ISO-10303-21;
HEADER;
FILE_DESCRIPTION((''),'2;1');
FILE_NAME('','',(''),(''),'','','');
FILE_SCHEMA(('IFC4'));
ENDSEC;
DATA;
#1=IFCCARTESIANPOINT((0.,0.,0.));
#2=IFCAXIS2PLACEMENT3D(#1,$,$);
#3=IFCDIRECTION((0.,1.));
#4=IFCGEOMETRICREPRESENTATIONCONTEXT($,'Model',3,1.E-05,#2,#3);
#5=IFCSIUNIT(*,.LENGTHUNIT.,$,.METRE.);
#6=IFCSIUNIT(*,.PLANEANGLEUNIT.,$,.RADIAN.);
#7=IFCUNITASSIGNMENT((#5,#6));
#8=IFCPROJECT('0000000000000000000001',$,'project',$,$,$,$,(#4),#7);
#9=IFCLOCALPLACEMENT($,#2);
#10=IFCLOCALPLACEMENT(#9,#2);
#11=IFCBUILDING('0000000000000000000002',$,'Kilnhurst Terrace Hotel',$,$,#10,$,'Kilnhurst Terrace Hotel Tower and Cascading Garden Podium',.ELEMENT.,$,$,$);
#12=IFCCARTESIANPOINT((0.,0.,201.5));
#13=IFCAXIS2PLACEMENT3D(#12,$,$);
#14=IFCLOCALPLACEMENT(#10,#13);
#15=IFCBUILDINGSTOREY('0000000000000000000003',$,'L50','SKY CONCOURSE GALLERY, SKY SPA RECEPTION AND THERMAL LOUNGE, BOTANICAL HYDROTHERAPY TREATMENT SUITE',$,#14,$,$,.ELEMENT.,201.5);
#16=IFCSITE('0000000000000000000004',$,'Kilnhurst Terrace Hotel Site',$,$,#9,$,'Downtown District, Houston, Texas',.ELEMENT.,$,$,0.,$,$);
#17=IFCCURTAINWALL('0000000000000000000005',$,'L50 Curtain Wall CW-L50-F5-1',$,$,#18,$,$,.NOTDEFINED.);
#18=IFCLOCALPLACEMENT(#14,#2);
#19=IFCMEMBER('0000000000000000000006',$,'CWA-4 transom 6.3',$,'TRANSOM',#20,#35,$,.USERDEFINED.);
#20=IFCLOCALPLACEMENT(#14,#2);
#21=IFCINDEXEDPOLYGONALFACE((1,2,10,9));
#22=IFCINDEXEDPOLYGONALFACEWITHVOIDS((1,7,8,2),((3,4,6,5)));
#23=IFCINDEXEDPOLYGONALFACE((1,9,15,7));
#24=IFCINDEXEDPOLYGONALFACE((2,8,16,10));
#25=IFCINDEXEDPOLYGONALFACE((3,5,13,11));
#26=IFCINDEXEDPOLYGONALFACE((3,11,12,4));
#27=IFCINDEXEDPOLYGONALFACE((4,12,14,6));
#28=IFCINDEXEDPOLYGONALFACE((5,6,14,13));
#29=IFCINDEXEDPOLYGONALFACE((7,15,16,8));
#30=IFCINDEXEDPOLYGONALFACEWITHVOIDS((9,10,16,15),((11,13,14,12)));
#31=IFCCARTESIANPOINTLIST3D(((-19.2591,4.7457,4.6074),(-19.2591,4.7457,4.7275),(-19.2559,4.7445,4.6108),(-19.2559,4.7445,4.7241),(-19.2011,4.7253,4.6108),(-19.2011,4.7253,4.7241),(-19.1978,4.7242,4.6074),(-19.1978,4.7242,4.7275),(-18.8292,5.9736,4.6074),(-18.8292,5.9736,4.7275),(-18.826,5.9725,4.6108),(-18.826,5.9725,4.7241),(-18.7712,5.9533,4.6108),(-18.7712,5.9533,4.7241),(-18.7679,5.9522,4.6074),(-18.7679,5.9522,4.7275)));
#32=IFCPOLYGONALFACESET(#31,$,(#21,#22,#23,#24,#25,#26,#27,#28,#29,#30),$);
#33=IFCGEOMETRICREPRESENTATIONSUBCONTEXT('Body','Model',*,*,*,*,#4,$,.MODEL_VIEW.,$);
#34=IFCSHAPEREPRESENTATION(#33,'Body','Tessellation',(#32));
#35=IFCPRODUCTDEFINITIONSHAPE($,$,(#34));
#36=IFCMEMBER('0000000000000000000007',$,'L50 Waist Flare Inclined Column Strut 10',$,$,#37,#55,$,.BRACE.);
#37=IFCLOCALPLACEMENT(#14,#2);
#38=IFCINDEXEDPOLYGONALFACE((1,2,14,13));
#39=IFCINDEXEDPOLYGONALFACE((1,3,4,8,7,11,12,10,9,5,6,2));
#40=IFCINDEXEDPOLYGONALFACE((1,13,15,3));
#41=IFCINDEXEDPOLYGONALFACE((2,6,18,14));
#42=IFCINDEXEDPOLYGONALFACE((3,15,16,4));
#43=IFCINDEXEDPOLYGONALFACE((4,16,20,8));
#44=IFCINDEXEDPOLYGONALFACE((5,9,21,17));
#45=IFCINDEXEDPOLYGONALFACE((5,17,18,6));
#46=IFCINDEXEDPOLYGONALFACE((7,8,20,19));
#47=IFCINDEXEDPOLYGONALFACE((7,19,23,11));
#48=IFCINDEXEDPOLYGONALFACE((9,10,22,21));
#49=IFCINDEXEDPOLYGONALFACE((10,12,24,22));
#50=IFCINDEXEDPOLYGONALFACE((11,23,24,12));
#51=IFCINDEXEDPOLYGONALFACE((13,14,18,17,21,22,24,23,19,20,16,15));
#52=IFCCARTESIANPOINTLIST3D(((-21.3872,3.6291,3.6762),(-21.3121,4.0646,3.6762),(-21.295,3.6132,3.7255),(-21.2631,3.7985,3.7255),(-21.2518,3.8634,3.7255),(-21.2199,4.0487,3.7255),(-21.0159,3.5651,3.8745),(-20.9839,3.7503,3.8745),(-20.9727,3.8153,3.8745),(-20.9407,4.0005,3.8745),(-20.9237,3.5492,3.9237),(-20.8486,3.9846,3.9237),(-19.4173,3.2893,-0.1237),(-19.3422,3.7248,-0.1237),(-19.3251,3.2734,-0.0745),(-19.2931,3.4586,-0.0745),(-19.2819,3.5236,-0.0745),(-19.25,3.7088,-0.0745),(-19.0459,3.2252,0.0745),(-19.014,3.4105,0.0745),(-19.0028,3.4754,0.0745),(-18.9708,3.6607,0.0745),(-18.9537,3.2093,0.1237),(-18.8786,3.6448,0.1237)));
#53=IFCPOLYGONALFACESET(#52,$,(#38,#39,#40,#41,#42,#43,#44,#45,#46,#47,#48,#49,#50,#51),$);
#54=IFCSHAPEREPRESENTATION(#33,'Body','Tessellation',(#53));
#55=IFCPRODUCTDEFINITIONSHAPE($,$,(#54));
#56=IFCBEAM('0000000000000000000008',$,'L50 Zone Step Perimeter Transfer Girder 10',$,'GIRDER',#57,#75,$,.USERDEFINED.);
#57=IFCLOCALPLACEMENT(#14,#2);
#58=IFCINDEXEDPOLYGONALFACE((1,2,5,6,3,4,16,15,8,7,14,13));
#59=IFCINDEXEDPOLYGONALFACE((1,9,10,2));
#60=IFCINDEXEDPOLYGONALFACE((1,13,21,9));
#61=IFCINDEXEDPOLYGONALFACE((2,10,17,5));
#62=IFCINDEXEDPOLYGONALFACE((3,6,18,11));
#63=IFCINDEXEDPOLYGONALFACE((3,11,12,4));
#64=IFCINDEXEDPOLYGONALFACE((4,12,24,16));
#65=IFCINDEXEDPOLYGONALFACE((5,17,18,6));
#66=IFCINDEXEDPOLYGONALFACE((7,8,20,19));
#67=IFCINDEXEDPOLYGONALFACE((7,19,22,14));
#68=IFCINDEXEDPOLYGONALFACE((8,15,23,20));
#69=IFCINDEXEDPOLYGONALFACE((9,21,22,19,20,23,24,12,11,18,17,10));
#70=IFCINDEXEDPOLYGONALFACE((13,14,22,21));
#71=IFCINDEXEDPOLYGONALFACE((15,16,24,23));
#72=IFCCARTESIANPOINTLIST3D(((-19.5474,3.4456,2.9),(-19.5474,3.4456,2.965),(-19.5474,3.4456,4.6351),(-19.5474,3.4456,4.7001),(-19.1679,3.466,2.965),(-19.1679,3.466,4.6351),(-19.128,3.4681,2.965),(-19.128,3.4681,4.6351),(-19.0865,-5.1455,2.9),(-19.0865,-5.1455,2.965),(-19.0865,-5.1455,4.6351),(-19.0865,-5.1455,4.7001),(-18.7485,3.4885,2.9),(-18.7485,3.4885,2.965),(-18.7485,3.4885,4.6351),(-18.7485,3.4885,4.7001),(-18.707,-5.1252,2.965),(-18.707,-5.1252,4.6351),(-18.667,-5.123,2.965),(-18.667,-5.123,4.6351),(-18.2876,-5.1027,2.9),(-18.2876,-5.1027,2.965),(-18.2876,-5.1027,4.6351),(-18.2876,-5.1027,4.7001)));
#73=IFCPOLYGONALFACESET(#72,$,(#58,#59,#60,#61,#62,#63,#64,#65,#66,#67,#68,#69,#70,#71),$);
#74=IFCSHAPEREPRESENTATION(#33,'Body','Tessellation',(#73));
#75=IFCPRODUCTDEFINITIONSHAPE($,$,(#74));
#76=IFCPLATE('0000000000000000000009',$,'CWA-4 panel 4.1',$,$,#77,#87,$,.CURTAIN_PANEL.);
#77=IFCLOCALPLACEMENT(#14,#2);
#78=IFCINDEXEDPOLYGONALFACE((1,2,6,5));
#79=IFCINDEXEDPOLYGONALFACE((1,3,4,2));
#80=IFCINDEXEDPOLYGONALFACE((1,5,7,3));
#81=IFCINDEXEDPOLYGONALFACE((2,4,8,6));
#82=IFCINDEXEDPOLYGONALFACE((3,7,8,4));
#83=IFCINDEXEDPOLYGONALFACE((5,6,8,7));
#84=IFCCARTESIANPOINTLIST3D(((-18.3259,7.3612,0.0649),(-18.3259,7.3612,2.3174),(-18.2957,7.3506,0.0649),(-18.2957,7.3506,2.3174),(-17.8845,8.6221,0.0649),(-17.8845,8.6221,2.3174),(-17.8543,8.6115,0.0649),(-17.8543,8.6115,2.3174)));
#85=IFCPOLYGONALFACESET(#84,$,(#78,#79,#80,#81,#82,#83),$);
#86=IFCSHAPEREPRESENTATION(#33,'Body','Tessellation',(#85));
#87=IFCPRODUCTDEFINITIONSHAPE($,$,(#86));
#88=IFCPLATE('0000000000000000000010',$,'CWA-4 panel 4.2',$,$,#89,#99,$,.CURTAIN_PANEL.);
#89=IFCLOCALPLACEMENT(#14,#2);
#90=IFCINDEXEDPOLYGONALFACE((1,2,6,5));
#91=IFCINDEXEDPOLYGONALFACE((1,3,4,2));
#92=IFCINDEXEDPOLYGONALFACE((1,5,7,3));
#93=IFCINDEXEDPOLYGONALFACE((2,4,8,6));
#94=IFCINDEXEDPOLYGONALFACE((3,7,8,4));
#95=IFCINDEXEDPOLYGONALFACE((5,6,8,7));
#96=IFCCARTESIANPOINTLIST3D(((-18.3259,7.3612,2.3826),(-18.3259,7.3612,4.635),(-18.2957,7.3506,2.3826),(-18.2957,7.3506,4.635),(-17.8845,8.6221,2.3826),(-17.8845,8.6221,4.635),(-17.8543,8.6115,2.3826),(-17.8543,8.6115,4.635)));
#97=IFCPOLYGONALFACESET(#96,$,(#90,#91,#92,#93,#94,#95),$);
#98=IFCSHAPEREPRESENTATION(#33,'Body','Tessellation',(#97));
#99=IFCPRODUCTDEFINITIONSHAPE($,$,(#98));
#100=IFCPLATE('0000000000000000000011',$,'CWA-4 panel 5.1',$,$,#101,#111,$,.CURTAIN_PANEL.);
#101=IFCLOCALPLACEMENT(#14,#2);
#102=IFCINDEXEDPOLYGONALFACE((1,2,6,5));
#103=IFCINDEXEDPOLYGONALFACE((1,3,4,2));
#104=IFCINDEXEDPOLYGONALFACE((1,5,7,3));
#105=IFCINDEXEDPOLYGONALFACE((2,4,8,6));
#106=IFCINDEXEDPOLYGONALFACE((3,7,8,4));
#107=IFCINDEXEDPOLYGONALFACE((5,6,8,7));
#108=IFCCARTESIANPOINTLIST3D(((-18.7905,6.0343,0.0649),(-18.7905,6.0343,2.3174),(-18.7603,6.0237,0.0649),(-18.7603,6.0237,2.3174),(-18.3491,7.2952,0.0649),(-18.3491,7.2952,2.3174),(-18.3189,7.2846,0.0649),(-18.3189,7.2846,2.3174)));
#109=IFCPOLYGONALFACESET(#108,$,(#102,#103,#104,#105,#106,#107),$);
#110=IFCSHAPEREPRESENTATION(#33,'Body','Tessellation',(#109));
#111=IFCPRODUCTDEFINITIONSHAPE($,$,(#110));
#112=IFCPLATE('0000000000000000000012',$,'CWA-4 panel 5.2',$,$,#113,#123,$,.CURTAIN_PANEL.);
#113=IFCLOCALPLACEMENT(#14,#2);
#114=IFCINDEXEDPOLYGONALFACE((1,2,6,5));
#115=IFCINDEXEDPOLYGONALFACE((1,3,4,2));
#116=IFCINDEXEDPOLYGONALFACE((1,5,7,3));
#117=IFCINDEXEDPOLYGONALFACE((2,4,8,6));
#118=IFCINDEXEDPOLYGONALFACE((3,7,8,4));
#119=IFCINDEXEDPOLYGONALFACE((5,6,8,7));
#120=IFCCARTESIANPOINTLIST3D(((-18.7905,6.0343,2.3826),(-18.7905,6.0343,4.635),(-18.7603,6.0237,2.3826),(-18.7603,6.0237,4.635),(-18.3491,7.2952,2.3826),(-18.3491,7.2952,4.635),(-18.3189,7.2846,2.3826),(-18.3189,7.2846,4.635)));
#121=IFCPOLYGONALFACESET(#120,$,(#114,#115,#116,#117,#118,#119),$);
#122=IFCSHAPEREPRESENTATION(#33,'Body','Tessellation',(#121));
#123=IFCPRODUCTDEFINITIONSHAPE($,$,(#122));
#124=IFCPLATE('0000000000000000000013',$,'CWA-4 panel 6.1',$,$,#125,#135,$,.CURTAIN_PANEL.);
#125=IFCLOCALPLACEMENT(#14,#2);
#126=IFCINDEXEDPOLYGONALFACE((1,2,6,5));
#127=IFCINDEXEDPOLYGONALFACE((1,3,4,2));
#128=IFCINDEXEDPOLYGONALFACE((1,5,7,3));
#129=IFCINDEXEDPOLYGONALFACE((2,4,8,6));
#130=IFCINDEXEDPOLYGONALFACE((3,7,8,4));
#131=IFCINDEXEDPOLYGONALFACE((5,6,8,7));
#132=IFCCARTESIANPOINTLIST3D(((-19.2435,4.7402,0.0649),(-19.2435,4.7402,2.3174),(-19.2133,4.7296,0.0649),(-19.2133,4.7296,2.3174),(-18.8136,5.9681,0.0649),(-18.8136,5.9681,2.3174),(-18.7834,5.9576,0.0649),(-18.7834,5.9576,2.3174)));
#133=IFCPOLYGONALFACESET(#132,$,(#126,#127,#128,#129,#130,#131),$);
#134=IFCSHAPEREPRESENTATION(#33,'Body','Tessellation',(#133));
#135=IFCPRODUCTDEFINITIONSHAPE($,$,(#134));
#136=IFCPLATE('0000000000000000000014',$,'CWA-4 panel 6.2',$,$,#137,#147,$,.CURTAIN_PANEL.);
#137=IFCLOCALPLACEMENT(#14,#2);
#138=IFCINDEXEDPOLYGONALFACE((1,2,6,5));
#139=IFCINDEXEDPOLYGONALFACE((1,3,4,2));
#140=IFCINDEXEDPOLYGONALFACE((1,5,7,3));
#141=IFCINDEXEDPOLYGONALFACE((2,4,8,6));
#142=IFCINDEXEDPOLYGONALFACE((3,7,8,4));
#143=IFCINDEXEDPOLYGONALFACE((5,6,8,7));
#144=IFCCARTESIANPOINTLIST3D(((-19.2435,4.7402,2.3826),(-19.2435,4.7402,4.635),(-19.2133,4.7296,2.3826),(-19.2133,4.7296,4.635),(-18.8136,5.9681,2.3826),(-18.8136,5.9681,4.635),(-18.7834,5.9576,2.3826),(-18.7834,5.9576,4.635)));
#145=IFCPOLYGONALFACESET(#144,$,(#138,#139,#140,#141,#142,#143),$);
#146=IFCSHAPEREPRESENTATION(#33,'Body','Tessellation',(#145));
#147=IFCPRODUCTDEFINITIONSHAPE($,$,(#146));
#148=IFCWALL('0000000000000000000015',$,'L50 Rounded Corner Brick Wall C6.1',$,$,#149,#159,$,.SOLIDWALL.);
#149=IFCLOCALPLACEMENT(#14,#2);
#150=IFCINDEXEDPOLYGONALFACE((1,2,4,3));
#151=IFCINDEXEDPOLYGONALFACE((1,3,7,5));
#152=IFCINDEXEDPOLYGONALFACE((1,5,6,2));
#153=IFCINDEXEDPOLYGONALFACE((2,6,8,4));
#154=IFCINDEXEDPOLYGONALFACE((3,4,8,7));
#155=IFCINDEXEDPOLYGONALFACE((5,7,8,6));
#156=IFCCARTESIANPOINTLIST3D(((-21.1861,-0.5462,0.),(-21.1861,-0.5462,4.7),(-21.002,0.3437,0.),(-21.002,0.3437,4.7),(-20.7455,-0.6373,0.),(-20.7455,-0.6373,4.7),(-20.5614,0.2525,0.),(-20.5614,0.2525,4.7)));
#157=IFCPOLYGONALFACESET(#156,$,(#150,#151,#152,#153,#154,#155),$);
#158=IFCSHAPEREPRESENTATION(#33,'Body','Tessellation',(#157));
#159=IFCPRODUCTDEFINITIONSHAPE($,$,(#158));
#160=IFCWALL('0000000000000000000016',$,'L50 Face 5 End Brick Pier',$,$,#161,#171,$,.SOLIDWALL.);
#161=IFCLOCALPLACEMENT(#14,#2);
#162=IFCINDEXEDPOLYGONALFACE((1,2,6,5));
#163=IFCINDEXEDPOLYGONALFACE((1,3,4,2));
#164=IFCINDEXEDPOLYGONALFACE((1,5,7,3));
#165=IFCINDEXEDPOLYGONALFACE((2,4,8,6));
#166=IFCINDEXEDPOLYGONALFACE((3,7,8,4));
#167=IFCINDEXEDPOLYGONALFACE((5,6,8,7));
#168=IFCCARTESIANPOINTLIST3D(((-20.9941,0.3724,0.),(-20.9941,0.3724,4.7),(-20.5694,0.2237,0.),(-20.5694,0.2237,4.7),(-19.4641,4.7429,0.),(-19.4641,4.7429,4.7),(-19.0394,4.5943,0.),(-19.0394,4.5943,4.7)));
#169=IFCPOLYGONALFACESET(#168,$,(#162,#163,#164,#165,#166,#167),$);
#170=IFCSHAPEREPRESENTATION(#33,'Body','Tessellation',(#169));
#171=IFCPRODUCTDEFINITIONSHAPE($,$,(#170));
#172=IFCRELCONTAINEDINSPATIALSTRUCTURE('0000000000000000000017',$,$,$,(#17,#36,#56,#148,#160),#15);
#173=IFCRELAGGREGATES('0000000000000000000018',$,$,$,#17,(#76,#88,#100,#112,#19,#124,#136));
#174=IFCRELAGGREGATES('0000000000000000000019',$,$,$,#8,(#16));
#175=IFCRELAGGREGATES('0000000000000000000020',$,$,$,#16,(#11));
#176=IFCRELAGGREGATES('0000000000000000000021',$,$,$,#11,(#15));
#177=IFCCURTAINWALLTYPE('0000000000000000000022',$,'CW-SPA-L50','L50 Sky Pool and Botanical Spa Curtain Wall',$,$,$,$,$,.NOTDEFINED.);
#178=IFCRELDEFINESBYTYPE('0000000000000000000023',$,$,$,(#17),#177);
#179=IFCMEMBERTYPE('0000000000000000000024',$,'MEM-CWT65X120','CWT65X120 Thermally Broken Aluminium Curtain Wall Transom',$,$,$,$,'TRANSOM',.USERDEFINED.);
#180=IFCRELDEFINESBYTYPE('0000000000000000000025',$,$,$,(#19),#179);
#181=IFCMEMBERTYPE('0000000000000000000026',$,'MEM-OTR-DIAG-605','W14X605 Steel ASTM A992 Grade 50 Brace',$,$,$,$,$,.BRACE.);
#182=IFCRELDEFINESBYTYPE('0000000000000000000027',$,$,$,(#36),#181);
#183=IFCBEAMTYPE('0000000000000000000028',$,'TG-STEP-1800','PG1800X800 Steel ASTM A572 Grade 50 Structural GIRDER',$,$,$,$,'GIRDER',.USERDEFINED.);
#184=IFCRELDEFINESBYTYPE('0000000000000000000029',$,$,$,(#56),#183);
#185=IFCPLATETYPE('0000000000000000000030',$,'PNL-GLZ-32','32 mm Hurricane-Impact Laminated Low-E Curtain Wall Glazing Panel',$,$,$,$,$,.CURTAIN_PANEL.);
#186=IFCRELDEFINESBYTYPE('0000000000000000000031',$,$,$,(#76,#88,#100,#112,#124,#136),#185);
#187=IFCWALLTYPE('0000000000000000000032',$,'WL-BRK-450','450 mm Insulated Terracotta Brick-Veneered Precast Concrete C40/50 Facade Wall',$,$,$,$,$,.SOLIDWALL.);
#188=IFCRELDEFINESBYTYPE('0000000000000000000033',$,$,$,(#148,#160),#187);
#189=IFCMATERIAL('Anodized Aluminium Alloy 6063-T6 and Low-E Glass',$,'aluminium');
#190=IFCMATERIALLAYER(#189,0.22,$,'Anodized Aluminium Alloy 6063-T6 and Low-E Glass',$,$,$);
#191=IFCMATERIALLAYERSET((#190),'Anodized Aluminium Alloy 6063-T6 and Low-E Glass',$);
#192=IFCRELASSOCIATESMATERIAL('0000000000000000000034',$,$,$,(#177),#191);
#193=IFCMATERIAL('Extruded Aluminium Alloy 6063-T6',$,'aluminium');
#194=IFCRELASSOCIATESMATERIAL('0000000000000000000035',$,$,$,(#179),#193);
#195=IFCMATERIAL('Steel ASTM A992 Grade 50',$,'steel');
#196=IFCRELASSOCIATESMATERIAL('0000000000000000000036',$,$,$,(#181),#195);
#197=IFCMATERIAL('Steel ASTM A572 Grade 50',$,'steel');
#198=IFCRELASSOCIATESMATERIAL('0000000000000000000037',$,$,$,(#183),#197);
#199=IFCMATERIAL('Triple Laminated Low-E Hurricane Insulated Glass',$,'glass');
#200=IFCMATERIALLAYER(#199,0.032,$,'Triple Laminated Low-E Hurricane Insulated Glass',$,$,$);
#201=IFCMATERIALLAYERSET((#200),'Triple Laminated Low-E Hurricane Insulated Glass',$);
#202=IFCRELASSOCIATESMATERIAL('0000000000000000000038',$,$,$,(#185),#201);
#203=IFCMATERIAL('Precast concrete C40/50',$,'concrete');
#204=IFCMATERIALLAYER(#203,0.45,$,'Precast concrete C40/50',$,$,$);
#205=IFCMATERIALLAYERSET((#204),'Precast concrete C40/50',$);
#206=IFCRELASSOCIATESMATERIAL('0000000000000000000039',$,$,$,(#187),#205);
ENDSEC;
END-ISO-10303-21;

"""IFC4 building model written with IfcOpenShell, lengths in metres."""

from ifc_helpers import new_model, si_unit, direction, frame, frame_2d, origin, origin_2d, place, context, subcontext, project, spatial, rectangle, hollow_rectangle, i_section, extrude, material, layer, layer_set, material_profile, profile_set, type_object, element, aggregate, save


model = new_model("IFC4")

# Units and contexts
model_context = context("Model", 3, precision=1e-05, world=origin(), true_north=direction((0.0, 1.0)))
body_context = subcontext(model_context, "Body", "Model", "MODEL_VIEW")
ifc_project = project(units=[si_unit("LENGTHUNIT", "METRE"), si_unit("PLANEANGLEUNIT", "RADIAN")], contexts=[model_context])

# Site, building, storey
site_placement = place(None, origin())
site = spatial("IfcSite", under=ifc_project, at=site_placement, Name="Kilnhurst Terrace Hotel Site", LongName="Downtown District, Houston, Texas", CompositionType="ELEMENT", RefElevation=0.0)
building_placement = place(site_placement, origin())
building = spatial("IfcBuilding", under=site, at=building_placement, Name="Kilnhurst Terrace Hotel", LongName="Kilnhurst Terrace Hotel Tower and Cascading Garden Podium", CompositionType="ELEMENT")
storey_placement = place(building_placement, frame((0.0, 0.0, 201.5)))
storey = spatial("IfcBuildingStorey", under=building, at=storey_placement, Name="L50", Description="SKY CONCOURSE GALLERY, SKY SPA RECEPTION AND THERMAL LOUNGE, BOTANICAL HYDROTHERAPY TREATMENT SUITE", CompositionType="ELEMENT", Elevation=201.5)

# Shared definitions
ifc_material_1 = material(Name="Steel ASTM A992 Grade 50", Category="steel")

# Curtain wall, member
ifc_material_2 = material(Name="Anodized Aluminium Alloy 6063-T6 and Low-E Glass", Category="aluminium")
ifc_layer_1 = layer(ifc_material_2, 0.22, Name="Anodized Aluminium Alloy 6063-T6 and Low-E Glass")
ifc_layer_set_1 = layer_set([ifc_layer_1], Name="Anodized Aluminium Alloy 6063-T6 and Low-E Glass")
curtain_wall_type = type_object("IfcCurtainWallType", Name="CW-SPA-L50", Description="L50 Sky Pool and Botanical Spa Curtain Wall", PredefinedType="NOTDEFINED", material=ifc_layer_set_1)
curtain_wall_placement = place(storey_placement, origin())
curtain_wall = element("IfcCurtainWall", 1, at=curtain_wall_placement, inside=storey, type_object=curtain_wall_type, Name="L50 Curtain Wall CW-L50-F5-1", PredefinedType="NOTDEFINED")
ifc_material_3 = material(Name="Extruded Aluminium Alloy 6063-T6", Category="aluminium")
ifc_material_profile_1 = material_profile(ifc_material_3, hollow_rectangle(XDim=0.0649, YDim=0.1201, WallThickness=0.0034, at=origin_2d()), Name="CWT65X120")
ifc_profile_set_1 = profile_set([ifc_material_profile_1], Name="Extruded Aluminium Alloy 6063-T6")
member_type_1 = type_object("IfcMemberType", Name="MEM-CWT65X120", Description="CWT65X120 Thermally Broken Aluminium Curtain Wall Transom", ElementType="TRANSOM", PredefinedType="USERDEFINED", material=ifc_profile_set_1)
member_1_placement = place(storey_placement, frame((-18.7986, 5.9629, 4.6675), z_axis=(-0.330434, -0.943829, 0.0), x_axis=(0.943829, -0.330434, 0.0)))
member_1 = element("IfcMember", 2, at=member_1_placement, type_object=member_type_1, Name="CWA-4 transom 6.3", ObjectType="TRANSOM", PredefinedType="USERDEFINED", context=body_context, shape_type="SweptSolid", body=[
    extrude(hollow_rectangle(XDim=0.0649, YDim=0.1201, WallThickness=0.0034, at=origin_2d()), origin(), (0.0, 0.0, 1.0), 1.301),
])

# Member
ifc_material_profile_2 = material_profile(ifc_material_1, i_section(OverallWidth=0.4419, OverallDepth=0.5315, WebThickness=0.0659, FlangeThickness=0.1057, at=origin_2d()), Name="W14X605")
ifc_profile_set_2 = profile_set([ifc_material_profile_2], Name="Steel ASTM A992 Grade 50")
member_type_2 = type_object("IfcMemberType", Name="MEM-OTR-DIAG-605", Description="W14X605 Steel ASTM A992 Grade 50 Brace", PredefinedType="BRACE", material=ifc_profile_set_2)
member_2_placement = place(storey_placement, frame((-19.1479, 3.467, 0.0), z_axis=(-0.458795, 0.079148, 0.88501), x_axis=(-0.170001, -0.985444, 0.0)))
element("IfcMember", 3, at=member_2_placement, inside=storey, type_object=member_type_2, Name="L50 Waist Flare Inclined Column Strut 10", PredefinedType="BRACE", context=body_context, shape_type="SweptSolid", body=[
    extrude(i_section(OverallWidth=0.4419, OverallDepth=0.5315, WebThickness=0.0659, FlangeThickness=0.1057, at=origin_2d()), origin(), (0.0, 0.0, 1.0), 4.2937),
])

# Beam
ifc_material_4 = material(Name="Steel ASTM A572 Grade 50", Category="steel")
ifc_material_profile_3 = material_profile(ifc_material_4, i_section(OverallWidth=0.8, OverallDepth=1.8, WebThickness=0.04, FlangeThickness=0.0649, at=origin_2d()), Name="PG1800X800")
ifc_profile_set_3 = profile_set([ifc_material_profile_3], Name="Steel ASTM A572 Grade 50")
beam_type_1 = type_object("IfcBeamType", Name="TG-STEP-1800", Description="PG1800X800 Steel ASTM A572 Grade 50 Structural GIRDER", ElementType="GIRDER", PredefinedType="USERDEFINED", material=ifc_profile_set_3)
beam_1_placement = place(storey_placement, frame((-19.1479, 3.467, 3.8), z_axis=(0.053576, -0.998564, 0.0), x_axis=(0.998564, 0.053576, 0.0)))
element("IfcBeam", 4, at=beam_1_placement, inside=storey, type_object=beam_type_1, Name="L50 Zone Step Perimeter Transfer Girder 10", ObjectType="GIRDER", PredefinedType="USERDEFINED", context=body_context, shape_type="SweptSolid", body=[
    extrude(i_section(OverallWidth=0.8, OverallDepth=1.8, WebThickness=0.04, FlangeThickness=0.0649, at=origin_2d()), origin(), (0.0, 0.0, 1.0), 8.6035),
])

# Plates
ifc_material_5 = material(Name="Triple Laminated Low-E Hurricane Insulated Glass", Category="glass")
ifc_layer_2 = layer(ifc_material_5, 0.032, Name="Triple Laminated Low-E Hurricane Insulated Glass")
ifc_layer_set_2 = layer_set([ifc_layer_2], Name="Triple Laminated Low-E Hurricane Insulated Glass")
plate_type = type_object("IfcPlateType", Name="PNL-GLZ-32", Description="32 mm Hurricane-Impact Laminated Low-E Curtain Wall Glazing Panel", PredefinedType="CURTAIN_PANEL", material=ifc_layer_set_2)
plate_1_placement = place(storey_placement, frame((-18.0901, 7.9863, 0.0649), z_axis=(0.0, 0.0, 1.0), x_axis=(-0.330442, -0.943826, 0.0)))
plate_1 = element("IfcPlate", 5, at=plate_1_placement, type_object=plate_type, Name="CWA-4 panel 4.1", PredefinedType="CURTAIN_PANEL", context=body_context, shape_type="SweptSolid", body=[
    extrude(rectangle(XDim=1.3359, YDim=0.032, at=origin_2d()), origin(), (0.0, 0.0, 1.0), 2.2524),
])
plate_2_placement = place(storey_placement, frame((-18.0901, 7.9863, 2.3826), z_axis=(0.0, 0.0, 1.0), x_axis=(-0.330442, -0.943826, 0.0)))
plate_2 = element("IfcPlate", 6, at=plate_2_placement, type_object=plate_type, Name="CWA-4 panel 4.2", PredefinedType="CURTAIN_PANEL", context=body_context, shape_type="SweptSolid", body=[
    extrude(rectangle(XDim=1.3359, YDim=0.032, at=origin_2d()), origin(), (0.0, 0.0, 1.0), 2.2524),
])
plate_3_placement = place(storey_placement, frame((-18.5547, 6.6594, 0.0649), z_axis=(0.0, 0.0, 1.0), x_axis=(-0.330442, -0.943826, 0.0)))
plate_3 = element("IfcPlate", 7, at=plate_3_placement, type_object=plate_type, Name="CWA-4 panel 5.1", PredefinedType="CURTAIN_PANEL", context=body_context, shape_type="SweptSolid", body=[
    extrude(rectangle(XDim=1.3359, YDim=0.032, at=origin_2d()), origin(), (0.0, 0.0, 1.0), 2.2524),
])
plate_4_placement = place(storey_placement, frame((-18.5547, 6.6594, 2.3826), z_axis=(0.0, 0.0, 1.0), x_axis=(-0.330442, -0.943826, 0.0)))
plate_4 = element("IfcPlate", 8, at=plate_4_placement, type_object=plate_type, Name="CWA-4 panel 5.2", PredefinedType="CURTAIN_PANEL", context=body_context, shape_type="SweptSolid", body=[
    extrude(rectangle(XDim=1.3359, YDim=0.032, at=origin_2d()), origin(), (0.0, 0.0, 1.0), 2.2524),
])
plate_5_placement = place(storey_placement, frame((-19.0134, 5.3489, 0.0649), z_axis=(0.0, 0.0, 1.0), x_axis=(-0.330442, -0.943826, 0.0)))
plate_5 = element("IfcPlate", 9, at=plate_5_placement, type_object=plate_type, Name="CWA-4 panel 6.1", PredefinedType="CURTAIN_PANEL", context=body_context, shape_type="SweptSolid", body=[
    extrude(rectangle(XDim=1.301, YDim=0.032, at=origin_2d()), origin(), (0.0, 0.0, 1.0), 2.2524),
])
plate_6_placement = place(storey_placement, frame((-19.0134, 5.3489, 2.3826), z_axis=(0.0, 0.0, 1.0), x_axis=(-0.330442, -0.943826, 0.0)))
plate_6 = element("IfcPlate", 10, at=plate_6_placement, type_object=plate_type, Name="CWA-4 panel 6.2", PredefinedType="CURTAIN_PANEL", context=body_context, shape_type="SweptSolid", body=[
    extrude(rectangle(XDim=1.301, YDim=0.032, at=origin_2d()), origin(), (0.0, 0.0, 1.0), 2.2524),
])
aggregate(curtain_wall, [plate_1, plate_2, plate_3, plate_4, member_1, plate_5, plate_6])

# Walls
ifc_material_6 = material(Name="Precast concrete C40/50", Category="concrete")
ifc_layer_3 = layer(ifc_material_6, 0.45, Name="Precast concrete C40/50")
ifc_layer_set_3 = layer_set([ifc_layer_3], Name="Precast concrete C40/50")
wall_type = type_object("IfcWallType", Name="WL-BRK-450", Description="450 mm Insulated Terracotta Brick-Veneered Precast Concrete C40/50 Facade Wall", PredefinedType="SOLIDWALL", material=ifc_layer_set_3)
wall_1_placement = place(storey_placement, frame((-20.7817, 0.2981, 0.0), z_axis=(0.0, 0.0, 1.0), x_axis=(-0.20257, -0.979268, 0.0)))
element("IfcWall", 11, at=wall_1_placement, inside=storey, type_object=wall_type, Name="L50 Rounded Corner Brick Wall C6.1", PredefinedType="SOLIDWALL", context=body_context, shape_type="SweptSolid", body=[
    extrude(rectangle(XDim=0.9087, YDim=0.45, at=frame_2d((0.4543, 0.0))), origin(), (0.0, 0.0, 1.0), 4.7),
])
wall_2_placement = place(storey_placement, frame((-19.2517, 4.6687, 0.0), z_axis=(0.0, 0.0, 1.0), x_axis=(-0.330411, -0.943837, 0.0)))
element("IfcWall", 12, at=wall_2_placement, inside=storey, type_object=wall_type, Name="L50 Face 5 End Brick Pier", PredefinedType="SOLIDWALL", context=body_context, shape_type="SweptSolid", body=[
    extrude(rectangle(XDim=4.6306, YDim=0.45, at=frame_2d((2.3154, 0.0))), origin(), (0.0, 0.0, 1.0), 4.7),
])

save(model, "model.ifc")
